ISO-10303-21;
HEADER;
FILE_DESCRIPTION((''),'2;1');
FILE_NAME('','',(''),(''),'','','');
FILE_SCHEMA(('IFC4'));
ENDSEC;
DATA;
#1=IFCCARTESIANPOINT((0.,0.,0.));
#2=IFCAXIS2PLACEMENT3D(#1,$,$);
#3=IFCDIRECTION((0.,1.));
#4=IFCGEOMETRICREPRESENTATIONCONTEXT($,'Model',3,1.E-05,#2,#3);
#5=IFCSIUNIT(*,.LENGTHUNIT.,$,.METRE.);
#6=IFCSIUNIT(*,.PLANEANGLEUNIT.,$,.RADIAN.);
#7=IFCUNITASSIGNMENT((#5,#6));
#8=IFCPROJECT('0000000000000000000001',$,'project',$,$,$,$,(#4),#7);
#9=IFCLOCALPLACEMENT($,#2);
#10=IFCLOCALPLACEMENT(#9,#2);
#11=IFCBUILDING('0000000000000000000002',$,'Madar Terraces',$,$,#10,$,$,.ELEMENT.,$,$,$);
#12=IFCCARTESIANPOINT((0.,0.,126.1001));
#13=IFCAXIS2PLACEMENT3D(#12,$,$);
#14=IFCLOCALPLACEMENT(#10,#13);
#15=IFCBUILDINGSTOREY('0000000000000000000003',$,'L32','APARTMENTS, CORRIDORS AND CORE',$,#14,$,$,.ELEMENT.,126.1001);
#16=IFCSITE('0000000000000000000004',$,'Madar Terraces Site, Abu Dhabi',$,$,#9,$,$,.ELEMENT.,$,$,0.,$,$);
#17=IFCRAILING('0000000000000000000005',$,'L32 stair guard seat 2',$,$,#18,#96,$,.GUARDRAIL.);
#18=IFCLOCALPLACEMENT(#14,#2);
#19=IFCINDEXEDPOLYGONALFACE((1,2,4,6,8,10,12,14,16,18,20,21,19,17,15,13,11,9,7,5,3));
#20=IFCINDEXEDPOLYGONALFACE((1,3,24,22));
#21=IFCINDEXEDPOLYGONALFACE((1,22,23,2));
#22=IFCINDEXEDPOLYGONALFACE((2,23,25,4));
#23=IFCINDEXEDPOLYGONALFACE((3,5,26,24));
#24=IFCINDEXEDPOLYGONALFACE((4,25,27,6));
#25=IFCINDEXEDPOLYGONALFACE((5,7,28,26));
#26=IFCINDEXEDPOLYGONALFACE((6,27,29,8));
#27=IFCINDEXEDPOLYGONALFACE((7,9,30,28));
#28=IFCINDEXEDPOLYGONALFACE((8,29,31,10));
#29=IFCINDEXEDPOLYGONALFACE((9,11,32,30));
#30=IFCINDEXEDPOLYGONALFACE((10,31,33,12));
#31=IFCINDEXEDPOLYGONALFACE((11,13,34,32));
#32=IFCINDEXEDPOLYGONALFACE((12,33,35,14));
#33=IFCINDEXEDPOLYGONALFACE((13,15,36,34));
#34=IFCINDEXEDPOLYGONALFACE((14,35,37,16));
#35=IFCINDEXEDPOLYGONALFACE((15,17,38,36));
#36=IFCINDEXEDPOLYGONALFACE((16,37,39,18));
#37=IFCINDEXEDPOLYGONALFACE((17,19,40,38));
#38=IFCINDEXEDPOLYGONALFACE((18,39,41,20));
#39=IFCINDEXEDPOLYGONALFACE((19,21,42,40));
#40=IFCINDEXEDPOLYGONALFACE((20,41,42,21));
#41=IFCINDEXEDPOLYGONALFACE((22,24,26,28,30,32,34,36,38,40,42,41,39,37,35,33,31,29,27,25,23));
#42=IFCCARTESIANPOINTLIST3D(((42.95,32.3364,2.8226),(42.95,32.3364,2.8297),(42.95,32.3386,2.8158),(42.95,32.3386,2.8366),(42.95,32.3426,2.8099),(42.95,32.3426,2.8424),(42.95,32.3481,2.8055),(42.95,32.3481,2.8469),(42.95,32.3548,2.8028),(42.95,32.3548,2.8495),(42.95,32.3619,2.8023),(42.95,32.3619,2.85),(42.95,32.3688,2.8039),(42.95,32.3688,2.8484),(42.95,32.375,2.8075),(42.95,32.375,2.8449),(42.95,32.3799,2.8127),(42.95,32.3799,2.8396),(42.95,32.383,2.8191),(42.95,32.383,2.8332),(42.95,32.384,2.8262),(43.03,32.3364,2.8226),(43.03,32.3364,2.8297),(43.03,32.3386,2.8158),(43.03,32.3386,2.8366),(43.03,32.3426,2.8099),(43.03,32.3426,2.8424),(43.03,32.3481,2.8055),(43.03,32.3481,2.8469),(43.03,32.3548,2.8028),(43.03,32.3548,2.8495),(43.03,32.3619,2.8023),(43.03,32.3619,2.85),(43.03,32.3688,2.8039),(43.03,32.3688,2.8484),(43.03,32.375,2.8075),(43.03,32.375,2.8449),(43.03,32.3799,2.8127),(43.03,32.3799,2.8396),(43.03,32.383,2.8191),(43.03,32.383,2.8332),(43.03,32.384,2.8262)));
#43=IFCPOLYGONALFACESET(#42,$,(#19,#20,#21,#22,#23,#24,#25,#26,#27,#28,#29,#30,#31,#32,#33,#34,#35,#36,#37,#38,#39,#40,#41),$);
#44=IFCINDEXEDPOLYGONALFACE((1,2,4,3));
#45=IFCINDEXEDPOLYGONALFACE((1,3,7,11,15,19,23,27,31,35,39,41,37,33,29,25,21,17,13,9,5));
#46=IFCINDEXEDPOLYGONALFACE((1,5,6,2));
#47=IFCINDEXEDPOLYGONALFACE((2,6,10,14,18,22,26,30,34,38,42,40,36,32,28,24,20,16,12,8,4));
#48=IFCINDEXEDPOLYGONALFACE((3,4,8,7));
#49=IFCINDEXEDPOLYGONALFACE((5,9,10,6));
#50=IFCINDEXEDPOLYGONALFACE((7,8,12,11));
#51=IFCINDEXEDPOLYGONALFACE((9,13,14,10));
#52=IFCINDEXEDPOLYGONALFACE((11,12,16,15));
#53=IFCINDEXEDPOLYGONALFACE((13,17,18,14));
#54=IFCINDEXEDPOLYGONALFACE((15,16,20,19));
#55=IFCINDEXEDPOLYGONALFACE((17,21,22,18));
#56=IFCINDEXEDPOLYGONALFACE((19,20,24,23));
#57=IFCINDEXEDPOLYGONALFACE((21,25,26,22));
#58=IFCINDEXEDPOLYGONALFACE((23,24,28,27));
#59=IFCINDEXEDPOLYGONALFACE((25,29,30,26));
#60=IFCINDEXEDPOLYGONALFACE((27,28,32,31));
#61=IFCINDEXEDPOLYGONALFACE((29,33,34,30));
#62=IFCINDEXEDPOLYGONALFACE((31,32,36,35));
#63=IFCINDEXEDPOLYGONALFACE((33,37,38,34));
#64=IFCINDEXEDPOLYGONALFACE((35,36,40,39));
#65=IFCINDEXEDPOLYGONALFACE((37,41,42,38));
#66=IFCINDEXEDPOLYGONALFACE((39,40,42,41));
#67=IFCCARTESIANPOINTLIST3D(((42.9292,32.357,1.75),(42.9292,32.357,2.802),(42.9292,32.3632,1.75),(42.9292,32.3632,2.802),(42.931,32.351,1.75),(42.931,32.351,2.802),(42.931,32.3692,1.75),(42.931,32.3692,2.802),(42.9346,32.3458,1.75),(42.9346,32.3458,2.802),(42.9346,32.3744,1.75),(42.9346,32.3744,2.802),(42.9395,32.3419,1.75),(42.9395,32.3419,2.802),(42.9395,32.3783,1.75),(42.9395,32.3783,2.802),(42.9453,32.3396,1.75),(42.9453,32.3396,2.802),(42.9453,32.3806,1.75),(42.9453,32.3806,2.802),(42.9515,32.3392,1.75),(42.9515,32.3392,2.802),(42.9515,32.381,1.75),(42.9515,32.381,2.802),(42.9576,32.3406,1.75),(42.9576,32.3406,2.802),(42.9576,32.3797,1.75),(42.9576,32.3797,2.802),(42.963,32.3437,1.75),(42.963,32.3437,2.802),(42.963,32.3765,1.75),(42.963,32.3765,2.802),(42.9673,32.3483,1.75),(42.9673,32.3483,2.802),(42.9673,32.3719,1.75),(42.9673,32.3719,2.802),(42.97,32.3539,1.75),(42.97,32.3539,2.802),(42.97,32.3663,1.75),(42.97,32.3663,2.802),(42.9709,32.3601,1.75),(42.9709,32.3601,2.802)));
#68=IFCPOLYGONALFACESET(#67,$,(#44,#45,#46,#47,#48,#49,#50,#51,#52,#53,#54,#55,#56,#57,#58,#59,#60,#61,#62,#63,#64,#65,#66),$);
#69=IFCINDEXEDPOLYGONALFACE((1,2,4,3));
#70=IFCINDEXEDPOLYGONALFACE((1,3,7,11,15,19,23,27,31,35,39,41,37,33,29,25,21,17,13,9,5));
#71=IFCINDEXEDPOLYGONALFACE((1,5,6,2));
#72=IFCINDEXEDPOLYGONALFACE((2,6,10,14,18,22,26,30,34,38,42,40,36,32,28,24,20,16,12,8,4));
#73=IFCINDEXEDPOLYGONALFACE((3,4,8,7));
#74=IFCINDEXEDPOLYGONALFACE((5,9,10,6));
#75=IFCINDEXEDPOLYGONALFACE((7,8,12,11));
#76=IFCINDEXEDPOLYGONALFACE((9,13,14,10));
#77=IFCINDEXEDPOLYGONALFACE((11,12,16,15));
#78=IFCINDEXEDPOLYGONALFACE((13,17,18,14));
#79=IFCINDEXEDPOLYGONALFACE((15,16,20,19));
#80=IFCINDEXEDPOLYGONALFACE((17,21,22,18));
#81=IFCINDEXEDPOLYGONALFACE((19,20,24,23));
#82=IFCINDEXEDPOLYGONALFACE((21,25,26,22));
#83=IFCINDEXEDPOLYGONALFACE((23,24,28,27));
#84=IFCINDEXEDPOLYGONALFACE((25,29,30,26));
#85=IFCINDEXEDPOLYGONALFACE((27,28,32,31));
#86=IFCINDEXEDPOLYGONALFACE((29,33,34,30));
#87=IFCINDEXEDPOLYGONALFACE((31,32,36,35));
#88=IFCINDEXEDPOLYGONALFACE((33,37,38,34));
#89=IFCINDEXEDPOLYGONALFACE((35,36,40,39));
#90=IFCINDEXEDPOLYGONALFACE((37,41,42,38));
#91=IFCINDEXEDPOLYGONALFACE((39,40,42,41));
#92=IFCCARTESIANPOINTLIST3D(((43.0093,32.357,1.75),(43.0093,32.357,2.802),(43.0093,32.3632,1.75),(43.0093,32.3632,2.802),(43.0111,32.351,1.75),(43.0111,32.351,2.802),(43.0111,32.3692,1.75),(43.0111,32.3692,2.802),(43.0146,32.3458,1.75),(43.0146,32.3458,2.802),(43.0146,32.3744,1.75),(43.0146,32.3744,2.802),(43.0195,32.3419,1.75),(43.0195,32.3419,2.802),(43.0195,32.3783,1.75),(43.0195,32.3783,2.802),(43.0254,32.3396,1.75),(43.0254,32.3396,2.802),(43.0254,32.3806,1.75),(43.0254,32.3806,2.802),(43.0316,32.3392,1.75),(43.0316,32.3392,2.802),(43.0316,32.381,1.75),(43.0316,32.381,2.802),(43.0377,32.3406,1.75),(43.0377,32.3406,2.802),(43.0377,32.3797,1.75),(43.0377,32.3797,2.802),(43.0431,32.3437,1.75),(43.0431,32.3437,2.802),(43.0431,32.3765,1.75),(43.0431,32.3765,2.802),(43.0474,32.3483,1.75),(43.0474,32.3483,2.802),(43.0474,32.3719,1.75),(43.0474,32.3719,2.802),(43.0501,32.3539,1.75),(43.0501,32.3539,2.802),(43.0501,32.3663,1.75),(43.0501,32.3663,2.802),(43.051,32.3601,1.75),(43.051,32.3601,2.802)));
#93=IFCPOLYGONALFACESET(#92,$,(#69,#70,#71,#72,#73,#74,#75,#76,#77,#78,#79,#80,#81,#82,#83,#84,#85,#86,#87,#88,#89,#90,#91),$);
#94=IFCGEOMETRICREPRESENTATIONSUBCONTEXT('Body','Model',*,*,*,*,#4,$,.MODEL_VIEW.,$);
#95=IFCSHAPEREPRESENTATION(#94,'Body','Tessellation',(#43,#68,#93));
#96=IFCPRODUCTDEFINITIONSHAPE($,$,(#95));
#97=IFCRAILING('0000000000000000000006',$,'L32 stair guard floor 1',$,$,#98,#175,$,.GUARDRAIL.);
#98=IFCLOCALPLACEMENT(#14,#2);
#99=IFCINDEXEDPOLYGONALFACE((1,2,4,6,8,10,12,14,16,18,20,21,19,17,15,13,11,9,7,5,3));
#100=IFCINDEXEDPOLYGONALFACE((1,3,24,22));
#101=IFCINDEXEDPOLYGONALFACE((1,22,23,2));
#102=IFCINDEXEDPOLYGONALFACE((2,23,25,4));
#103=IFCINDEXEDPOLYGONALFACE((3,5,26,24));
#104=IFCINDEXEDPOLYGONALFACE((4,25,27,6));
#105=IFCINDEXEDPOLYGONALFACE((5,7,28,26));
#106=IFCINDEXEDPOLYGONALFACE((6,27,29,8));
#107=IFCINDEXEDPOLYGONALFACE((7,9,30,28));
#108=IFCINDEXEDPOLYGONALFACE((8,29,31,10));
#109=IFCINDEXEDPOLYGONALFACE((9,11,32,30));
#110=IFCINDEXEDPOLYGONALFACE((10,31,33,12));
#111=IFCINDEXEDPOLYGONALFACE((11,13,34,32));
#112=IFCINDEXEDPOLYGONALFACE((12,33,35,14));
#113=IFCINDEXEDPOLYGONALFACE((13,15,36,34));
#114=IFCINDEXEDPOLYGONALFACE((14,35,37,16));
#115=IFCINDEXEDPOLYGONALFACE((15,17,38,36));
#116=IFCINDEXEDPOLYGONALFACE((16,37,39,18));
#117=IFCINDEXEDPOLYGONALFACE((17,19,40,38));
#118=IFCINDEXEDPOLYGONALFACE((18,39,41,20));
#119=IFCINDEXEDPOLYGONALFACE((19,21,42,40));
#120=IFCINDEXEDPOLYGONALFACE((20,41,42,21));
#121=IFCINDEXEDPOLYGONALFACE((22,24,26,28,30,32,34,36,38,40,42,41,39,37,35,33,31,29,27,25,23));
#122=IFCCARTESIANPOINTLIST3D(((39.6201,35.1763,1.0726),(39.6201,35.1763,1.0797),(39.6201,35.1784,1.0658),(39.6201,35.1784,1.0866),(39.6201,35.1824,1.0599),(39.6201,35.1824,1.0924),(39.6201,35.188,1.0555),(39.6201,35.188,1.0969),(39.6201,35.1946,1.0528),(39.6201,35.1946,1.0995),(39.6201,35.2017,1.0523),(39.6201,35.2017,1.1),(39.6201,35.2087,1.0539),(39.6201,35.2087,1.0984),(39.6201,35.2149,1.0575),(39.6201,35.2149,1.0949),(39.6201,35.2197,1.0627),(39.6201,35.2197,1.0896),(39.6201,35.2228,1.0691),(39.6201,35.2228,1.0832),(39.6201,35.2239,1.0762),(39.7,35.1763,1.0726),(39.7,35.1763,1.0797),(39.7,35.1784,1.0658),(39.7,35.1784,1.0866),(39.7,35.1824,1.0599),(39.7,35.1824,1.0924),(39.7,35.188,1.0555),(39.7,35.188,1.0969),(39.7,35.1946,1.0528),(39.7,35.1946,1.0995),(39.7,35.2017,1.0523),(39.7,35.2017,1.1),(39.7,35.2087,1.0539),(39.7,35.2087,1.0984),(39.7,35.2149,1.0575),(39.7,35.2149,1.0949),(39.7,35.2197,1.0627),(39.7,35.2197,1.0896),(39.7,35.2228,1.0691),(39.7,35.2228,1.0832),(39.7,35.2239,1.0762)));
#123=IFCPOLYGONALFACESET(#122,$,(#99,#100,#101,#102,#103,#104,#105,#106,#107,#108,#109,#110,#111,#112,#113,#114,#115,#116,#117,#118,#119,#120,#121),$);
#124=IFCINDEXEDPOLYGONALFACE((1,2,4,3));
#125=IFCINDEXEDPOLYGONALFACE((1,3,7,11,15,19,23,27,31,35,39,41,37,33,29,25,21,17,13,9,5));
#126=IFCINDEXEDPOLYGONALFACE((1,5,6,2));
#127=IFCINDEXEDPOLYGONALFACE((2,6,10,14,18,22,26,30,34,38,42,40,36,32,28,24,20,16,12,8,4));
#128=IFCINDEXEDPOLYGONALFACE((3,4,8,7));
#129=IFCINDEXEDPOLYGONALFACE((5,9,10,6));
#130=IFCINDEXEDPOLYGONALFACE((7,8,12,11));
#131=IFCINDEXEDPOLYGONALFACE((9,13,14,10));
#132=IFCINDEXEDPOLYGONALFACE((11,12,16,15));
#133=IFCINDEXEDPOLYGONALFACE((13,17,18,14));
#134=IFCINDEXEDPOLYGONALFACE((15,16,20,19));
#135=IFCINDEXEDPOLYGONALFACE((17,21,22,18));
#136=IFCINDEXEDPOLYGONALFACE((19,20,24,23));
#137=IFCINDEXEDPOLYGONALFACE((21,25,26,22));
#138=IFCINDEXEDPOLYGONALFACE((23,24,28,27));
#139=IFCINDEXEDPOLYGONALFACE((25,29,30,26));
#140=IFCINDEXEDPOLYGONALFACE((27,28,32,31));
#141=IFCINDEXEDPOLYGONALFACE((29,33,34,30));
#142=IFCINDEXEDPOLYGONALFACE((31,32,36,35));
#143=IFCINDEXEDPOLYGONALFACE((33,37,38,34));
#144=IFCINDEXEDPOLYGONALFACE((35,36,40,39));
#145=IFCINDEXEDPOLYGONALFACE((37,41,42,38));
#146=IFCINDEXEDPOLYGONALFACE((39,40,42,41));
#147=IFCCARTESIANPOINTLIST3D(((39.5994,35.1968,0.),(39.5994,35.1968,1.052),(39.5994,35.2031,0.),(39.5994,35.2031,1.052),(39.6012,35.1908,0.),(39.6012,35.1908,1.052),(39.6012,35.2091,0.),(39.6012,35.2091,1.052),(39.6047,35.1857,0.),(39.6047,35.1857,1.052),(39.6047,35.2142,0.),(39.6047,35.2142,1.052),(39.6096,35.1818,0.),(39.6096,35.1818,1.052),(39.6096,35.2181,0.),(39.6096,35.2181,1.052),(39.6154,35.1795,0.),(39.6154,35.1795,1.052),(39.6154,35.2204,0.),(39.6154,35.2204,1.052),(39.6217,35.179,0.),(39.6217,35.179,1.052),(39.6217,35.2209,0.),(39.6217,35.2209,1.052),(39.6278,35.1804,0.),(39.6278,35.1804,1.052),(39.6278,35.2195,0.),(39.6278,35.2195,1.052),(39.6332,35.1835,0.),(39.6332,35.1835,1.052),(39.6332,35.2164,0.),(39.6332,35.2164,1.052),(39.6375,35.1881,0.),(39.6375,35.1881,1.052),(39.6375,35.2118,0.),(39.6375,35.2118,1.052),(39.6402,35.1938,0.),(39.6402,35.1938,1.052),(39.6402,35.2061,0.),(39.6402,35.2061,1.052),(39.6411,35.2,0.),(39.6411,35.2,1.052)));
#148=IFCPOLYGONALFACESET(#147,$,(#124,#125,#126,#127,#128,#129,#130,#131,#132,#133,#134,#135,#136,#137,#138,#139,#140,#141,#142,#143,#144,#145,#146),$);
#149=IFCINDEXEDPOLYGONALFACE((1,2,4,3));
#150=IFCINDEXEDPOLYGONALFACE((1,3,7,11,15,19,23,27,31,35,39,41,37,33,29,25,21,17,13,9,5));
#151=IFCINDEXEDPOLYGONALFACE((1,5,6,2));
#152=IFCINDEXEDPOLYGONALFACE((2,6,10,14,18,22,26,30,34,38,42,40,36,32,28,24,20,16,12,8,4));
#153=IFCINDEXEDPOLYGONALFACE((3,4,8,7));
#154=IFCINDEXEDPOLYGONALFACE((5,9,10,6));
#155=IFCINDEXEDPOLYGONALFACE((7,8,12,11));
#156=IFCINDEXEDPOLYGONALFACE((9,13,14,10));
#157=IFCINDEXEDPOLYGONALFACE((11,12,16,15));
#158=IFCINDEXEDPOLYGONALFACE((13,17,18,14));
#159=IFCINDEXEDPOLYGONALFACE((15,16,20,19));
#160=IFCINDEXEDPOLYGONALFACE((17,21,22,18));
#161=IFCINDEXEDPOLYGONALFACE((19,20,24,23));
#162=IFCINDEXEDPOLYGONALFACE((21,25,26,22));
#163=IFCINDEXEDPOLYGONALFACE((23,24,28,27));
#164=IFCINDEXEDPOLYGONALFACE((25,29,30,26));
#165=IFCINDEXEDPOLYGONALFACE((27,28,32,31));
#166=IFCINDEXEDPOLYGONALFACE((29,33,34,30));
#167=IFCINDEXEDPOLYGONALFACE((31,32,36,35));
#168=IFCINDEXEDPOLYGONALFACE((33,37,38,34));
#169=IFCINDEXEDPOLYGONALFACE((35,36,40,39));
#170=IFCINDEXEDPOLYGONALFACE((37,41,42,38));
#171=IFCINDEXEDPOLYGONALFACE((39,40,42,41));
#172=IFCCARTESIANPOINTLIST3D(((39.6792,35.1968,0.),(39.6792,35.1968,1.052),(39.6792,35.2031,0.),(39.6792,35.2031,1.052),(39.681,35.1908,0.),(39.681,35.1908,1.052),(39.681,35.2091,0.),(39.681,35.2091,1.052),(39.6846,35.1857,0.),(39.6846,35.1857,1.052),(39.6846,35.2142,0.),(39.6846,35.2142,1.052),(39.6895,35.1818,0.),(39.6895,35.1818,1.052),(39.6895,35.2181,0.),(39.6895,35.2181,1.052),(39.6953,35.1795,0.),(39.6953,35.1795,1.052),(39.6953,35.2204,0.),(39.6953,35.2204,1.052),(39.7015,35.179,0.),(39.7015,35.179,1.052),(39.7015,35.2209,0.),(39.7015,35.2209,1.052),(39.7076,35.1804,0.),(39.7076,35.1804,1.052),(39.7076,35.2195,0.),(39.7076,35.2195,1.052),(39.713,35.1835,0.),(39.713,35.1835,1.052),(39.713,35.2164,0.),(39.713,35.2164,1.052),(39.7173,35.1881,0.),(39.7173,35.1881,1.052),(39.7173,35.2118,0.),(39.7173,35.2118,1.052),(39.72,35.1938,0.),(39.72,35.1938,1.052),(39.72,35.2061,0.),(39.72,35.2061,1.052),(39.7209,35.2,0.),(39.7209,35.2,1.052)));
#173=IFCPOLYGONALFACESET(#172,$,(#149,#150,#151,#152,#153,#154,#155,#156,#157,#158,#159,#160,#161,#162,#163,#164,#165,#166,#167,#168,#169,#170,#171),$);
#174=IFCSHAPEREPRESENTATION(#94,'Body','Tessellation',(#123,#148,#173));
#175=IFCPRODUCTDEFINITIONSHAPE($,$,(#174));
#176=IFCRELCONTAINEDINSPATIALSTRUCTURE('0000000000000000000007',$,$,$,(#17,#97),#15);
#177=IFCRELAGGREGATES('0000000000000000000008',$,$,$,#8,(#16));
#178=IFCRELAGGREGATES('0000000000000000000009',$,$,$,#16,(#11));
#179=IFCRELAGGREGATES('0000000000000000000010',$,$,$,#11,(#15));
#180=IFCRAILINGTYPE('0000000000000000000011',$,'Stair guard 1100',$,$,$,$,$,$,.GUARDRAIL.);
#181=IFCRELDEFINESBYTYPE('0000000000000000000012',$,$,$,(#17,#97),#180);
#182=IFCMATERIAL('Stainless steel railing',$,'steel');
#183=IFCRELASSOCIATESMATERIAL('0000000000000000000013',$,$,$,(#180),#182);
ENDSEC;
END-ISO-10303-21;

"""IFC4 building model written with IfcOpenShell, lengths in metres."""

from ifc_helpers import new_model, si_unit, direction, frame, origin, origin_2d, place, context, subcontext, project, spatial, circle, extrude, material, type_object, element, save


model = new_model("IFC4")

# Units and contexts
model_context = context("Model", 3, precision=1e-05, world=origin(), true_north=direction((0.0, 1.0)))
body_context = subcontext(model_context, "Body", "Model", "MODEL_VIEW")
ifc_project = project(units=[si_unit("LENGTHUNIT", "METRE"), si_unit("PLANEANGLEUNIT", "RADIAN")], contexts=[model_context])

# Site, building, storey
site_placement = place(None, origin())
site = spatial("IfcSite", under=ifc_project, at=site_placement, Name="Madar Terraces Site, Abu Dhabi", CompositionType="ELEMENT", RefElevation=0.0)
building_placement = place(site_placement, origin())
building = spatial("IfcBuilding", under=site, at=building_placement, Name="Madar Terraces", CompositionType="ELEMENT")
storey_placement = place(building_placement, frame((0.0, 0.0, 126.1001)))
storey = spatial("IfcBuildingStorey", under=building, at=storey_placement, Name="L32", Description="APARTMENTS, CORRIDORS AND CORE", CompositionType="ELEMENT", Elevation=126.1001)

# Railings
ifc_material_1 = material(Name="Stainless steel railing", Category="steel")
railing_type_1 = type_object("IfcRailingType", Name="Stair guard 1100", PredefinedType="GUARDRAIL", material=ifc_material_1)
railing_1_placement = place(storey_placement, frame((42.95, 32.3601, 1.75)))
element("IfcRailing", 1, at=railing_1_placement, inside=storey, type_object=railing_type_1, Name="L32 stair guard seat 2", PredefinedType="GUARDRAIL", context=body_context, shape_type="SweptSolid", body=[
    extrude(circle(Radius=0.0239, at=origin_2d()), frame((0.0, 0.0, 1.0762), z_axis=(1.0, 0.0, 0.0), x_axis=(0.0, 1.0, 0.0)), (0.0, 0.0, 1.0), 0.0801),
    extrude(circle(Radius=0.021, at=origin_2d()), origin(), (0.0, 0.0, 1.0), 1.052),
    extrude(circle(Radius=0.021, at=origin_2d()), frame((0.0801, 0.0, 0.0)), (0.0, 0.0, 1.0), 1.052),
])
railing_2_placement = place(storey_placement, frame((39.6201, 35.2, 0.0)))
element("IfcRailing", 2, at=railing_2_placement, inside=storey, type_object=railing_type_1, Name="L32 stair guard floor 1", PredefinedType="GUARDRAIL", context=body_context, shape_type="SweptSolid", body=[
    extrude(circle(Radius=0.0239, at=origin_2d()), frame((0.0, 0.0, 1.0762), z_axis=(1.0, 0.0, 0.0), x_axis=(0.0, 1.0, 0.0)), (0.0, 0.0, 1.0), 0.0798),
    extrude(circle(Radius=0.021, at=origin_2d()), origin(), (0.0, 0.0, 1.0), 1.052),
    extrude(circle(Radius=0.021, at=origin_2d()), frame((0.0798, 0.0, 0.0)), (0.0, 0.0, 1.0), 1.052),
])

save(model, "model.ifc")
